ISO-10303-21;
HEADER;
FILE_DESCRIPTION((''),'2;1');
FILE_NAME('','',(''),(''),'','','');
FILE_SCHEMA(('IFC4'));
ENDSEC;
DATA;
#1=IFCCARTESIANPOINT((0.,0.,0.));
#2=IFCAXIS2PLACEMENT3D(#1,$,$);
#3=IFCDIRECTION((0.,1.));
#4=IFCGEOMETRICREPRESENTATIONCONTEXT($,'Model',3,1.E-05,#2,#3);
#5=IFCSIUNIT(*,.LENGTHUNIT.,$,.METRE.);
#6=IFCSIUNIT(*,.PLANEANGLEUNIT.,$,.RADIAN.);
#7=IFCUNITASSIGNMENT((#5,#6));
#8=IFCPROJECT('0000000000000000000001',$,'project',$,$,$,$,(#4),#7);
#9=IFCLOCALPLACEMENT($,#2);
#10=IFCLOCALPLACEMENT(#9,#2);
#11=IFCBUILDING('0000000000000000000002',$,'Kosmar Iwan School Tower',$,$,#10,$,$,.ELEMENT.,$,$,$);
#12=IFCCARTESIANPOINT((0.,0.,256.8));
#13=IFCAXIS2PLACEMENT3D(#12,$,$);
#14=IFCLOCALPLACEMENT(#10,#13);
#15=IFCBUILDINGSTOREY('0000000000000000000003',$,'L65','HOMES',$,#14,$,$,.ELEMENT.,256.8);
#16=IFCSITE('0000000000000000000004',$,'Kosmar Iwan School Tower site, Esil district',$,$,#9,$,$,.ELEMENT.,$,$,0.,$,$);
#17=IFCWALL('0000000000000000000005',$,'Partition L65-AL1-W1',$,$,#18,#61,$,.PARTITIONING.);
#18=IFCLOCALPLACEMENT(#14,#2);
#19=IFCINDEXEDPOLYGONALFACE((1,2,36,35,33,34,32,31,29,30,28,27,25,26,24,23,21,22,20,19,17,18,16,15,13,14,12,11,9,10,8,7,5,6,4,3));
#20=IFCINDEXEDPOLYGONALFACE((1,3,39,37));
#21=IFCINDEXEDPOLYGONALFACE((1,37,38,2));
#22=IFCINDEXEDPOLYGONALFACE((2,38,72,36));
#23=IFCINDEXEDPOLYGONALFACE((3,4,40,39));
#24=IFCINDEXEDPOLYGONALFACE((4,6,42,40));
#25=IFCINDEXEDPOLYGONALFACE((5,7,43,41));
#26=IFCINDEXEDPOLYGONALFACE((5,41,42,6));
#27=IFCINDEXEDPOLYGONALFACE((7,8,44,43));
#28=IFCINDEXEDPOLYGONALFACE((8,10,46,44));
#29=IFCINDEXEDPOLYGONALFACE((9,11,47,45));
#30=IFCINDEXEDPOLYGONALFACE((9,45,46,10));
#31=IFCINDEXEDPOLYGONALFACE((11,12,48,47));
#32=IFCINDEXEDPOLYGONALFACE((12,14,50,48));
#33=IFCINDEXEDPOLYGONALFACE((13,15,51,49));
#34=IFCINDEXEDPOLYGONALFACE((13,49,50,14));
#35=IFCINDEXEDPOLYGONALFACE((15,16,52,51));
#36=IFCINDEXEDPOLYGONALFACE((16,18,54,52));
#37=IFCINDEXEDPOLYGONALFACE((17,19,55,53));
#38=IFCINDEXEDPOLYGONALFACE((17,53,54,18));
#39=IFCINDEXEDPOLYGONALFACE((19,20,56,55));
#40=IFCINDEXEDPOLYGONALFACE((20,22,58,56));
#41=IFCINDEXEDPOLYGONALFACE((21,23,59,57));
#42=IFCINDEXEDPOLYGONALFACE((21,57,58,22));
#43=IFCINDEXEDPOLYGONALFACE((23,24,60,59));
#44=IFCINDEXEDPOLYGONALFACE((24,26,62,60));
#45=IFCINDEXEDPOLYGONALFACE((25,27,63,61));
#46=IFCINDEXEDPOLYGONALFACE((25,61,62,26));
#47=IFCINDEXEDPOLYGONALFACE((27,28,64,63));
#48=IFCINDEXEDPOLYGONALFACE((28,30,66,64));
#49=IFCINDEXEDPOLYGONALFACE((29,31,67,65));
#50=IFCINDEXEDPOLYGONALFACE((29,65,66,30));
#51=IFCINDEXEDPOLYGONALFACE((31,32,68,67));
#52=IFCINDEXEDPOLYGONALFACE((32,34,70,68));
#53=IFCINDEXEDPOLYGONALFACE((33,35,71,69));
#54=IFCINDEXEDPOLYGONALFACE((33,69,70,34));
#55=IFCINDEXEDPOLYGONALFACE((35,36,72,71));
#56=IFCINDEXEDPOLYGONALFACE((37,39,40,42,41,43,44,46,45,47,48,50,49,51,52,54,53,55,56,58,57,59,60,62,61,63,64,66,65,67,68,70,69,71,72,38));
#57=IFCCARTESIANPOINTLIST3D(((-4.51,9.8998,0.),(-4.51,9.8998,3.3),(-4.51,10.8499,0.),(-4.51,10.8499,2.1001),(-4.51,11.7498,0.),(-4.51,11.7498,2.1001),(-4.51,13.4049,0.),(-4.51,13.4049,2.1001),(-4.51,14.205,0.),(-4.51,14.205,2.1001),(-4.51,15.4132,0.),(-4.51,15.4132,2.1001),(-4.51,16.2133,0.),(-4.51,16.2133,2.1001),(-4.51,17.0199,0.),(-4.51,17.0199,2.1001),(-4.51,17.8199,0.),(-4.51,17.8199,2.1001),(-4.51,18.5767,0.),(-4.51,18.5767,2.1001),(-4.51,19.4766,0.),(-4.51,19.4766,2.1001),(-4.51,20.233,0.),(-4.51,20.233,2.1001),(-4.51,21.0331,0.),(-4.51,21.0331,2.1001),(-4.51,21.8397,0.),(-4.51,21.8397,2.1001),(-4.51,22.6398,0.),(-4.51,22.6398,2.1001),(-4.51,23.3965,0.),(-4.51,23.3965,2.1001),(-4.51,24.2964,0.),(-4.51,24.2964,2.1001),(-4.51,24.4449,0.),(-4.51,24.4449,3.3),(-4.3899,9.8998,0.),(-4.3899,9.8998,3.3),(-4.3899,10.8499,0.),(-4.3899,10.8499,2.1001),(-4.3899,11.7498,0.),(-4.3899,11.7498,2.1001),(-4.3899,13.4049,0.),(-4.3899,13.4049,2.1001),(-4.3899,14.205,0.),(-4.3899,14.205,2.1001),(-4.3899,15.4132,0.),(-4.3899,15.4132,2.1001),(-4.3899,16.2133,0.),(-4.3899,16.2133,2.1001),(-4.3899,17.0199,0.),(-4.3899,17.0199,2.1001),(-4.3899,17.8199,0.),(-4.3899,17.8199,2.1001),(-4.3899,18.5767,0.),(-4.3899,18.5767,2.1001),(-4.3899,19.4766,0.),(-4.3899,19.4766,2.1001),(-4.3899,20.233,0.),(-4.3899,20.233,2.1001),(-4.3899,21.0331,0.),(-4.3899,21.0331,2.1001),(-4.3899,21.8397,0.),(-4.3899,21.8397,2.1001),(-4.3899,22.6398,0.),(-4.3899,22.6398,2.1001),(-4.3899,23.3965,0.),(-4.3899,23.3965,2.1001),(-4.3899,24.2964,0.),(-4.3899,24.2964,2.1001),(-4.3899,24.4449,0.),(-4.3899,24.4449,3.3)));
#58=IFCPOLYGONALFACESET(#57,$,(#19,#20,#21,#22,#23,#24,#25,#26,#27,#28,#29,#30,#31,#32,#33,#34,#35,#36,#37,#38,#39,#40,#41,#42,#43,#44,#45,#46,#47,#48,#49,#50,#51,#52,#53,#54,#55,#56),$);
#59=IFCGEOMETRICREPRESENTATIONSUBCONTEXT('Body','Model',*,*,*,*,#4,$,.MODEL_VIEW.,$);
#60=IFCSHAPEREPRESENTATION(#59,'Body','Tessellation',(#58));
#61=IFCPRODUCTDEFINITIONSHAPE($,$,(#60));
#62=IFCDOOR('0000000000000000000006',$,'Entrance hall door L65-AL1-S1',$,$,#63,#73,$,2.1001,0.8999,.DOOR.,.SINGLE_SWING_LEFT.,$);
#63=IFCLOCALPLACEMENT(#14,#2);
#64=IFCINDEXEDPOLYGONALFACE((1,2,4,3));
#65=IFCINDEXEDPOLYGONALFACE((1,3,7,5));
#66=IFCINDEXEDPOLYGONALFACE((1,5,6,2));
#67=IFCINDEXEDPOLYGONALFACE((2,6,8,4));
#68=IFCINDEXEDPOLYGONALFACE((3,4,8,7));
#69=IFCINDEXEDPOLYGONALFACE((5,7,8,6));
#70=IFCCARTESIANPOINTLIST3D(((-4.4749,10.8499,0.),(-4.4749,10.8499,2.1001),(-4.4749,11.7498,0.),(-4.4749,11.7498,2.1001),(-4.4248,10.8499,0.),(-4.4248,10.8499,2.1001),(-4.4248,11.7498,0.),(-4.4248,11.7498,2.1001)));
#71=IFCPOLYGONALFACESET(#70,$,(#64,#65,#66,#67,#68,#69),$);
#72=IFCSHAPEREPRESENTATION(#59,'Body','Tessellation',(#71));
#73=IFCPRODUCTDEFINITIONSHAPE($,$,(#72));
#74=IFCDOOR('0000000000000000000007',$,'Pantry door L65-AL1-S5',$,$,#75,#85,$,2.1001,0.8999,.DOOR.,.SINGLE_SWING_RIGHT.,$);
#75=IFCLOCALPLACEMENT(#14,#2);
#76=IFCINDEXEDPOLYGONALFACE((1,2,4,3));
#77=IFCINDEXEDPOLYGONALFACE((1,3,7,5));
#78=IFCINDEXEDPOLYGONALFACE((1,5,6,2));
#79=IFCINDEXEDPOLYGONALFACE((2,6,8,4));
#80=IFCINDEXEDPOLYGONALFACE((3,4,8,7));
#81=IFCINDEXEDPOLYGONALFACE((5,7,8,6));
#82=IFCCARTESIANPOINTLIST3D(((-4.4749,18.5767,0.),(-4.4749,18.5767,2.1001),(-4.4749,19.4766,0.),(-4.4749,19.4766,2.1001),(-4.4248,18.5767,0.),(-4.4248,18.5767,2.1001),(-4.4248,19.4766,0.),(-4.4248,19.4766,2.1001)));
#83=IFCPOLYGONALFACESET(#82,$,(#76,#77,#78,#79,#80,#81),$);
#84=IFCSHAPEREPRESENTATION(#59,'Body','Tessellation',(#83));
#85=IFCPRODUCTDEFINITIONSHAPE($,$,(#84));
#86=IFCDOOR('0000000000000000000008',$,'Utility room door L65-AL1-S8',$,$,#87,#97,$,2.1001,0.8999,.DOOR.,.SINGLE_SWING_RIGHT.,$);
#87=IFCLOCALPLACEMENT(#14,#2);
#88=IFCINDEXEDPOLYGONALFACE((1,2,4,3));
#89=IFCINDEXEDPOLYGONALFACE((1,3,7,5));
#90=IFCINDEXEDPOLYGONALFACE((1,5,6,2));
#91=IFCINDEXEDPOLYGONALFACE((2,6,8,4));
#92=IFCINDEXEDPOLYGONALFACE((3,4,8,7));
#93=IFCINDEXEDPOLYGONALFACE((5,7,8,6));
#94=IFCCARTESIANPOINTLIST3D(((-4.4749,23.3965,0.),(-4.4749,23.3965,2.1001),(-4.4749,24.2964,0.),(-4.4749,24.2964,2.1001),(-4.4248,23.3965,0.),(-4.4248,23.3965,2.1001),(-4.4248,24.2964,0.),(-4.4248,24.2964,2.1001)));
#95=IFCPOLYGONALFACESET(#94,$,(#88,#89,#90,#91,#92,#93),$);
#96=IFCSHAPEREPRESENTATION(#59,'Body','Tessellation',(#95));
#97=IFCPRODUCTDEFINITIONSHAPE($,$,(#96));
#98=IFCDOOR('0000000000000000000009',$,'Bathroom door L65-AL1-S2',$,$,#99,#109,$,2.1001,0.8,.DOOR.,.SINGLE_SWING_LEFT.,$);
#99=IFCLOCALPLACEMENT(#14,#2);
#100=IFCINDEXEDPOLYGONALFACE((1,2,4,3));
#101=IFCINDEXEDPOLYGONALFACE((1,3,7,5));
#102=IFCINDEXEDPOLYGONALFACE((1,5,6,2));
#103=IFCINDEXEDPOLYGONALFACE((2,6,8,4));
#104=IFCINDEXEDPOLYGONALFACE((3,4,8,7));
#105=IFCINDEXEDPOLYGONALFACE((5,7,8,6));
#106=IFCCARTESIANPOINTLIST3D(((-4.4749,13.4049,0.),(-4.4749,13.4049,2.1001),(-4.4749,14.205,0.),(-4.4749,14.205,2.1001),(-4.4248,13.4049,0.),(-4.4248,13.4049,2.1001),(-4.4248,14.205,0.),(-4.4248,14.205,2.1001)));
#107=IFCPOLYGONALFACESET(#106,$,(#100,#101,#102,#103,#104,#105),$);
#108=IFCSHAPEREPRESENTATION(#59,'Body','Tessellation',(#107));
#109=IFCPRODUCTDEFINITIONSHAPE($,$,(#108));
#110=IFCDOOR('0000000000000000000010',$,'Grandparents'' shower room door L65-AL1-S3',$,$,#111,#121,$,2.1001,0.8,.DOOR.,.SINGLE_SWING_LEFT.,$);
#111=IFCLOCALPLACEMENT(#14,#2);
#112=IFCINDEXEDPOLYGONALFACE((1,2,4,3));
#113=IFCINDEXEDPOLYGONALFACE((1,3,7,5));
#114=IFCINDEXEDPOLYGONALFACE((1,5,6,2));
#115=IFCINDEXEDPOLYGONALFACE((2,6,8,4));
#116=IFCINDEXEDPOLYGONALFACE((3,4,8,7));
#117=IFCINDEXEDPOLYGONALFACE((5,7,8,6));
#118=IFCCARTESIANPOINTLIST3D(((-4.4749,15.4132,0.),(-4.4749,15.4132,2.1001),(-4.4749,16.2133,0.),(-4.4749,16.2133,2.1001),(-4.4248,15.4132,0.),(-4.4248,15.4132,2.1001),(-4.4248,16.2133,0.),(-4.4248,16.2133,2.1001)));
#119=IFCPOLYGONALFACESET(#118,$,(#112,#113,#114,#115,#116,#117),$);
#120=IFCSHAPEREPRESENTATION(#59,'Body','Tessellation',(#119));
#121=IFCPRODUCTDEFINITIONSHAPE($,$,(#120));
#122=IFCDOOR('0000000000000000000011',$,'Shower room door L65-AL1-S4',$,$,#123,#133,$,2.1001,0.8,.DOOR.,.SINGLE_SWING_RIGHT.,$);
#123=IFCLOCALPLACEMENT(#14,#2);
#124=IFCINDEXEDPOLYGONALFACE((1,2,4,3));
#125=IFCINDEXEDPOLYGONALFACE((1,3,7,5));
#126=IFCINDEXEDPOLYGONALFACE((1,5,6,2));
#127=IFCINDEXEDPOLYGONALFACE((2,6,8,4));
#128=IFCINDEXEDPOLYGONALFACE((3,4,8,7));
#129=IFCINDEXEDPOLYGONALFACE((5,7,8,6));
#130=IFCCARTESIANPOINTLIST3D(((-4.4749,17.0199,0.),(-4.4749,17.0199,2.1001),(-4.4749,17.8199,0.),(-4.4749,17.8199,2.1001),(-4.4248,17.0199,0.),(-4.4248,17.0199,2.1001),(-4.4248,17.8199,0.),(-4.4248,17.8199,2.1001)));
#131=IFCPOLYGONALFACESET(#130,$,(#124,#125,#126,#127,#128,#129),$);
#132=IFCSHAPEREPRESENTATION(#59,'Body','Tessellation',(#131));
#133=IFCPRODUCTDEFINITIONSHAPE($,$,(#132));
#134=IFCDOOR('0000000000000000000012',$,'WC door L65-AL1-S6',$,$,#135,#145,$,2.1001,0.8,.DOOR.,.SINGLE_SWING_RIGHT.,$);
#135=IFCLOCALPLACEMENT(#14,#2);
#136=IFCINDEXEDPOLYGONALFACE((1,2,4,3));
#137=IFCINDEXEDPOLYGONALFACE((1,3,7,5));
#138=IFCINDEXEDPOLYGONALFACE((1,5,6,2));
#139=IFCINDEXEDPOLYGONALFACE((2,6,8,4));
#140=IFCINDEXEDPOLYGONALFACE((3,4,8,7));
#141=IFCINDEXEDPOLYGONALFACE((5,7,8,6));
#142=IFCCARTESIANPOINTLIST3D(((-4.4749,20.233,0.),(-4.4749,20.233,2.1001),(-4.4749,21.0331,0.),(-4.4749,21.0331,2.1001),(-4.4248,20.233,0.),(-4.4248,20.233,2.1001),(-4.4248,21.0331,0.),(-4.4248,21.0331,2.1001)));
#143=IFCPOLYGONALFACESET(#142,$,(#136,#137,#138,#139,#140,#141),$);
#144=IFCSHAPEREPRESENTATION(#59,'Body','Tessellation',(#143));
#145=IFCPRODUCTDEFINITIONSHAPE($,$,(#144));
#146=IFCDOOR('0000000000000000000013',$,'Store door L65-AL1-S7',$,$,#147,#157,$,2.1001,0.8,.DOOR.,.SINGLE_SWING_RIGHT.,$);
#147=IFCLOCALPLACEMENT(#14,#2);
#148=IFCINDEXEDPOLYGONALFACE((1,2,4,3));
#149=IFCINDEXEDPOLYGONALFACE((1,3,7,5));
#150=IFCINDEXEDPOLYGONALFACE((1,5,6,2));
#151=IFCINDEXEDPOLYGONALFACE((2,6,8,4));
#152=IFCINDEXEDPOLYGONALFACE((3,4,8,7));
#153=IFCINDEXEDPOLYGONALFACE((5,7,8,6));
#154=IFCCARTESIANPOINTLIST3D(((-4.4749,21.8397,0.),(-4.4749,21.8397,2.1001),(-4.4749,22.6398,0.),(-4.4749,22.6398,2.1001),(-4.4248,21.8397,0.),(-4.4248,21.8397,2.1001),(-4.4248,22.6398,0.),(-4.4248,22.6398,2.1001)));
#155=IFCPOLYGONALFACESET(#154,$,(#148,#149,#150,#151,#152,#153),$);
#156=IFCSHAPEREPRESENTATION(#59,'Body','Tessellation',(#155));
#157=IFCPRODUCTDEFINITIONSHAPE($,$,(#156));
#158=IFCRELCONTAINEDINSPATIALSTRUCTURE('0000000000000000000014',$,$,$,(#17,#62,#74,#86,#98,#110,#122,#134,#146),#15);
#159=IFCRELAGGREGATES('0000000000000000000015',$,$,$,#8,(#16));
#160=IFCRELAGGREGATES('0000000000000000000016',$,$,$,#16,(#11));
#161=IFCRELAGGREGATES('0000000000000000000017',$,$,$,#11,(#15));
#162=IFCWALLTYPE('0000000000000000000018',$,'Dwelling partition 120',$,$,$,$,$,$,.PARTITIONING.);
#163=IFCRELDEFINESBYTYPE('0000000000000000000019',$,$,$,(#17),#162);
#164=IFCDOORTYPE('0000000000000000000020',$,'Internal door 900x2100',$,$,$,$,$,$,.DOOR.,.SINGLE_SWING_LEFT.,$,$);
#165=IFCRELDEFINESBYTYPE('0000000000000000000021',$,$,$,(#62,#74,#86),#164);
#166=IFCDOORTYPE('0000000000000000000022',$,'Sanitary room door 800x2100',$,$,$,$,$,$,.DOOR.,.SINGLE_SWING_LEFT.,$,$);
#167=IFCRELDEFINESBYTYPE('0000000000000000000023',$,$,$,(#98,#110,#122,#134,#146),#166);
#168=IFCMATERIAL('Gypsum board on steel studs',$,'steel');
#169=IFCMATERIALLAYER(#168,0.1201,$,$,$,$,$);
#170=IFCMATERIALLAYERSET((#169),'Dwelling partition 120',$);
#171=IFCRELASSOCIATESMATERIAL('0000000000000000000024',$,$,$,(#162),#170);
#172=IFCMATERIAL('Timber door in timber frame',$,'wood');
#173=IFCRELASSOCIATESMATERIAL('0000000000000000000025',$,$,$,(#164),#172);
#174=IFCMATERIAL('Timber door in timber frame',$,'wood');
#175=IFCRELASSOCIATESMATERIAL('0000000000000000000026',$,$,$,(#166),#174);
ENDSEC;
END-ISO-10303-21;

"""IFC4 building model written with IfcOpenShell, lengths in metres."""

from ifc_helpers import new_model, si_unit, direction, frame, frame_2d, origin, place, context, subcontext, project, spatial, rectangle, extrude, material, layer, layer_set, type_object, element, fill, save


model = new_model("IFC4")

# Units and contexts
model_context = context("Model", 3, precision=1e-05, world=origin(), true_north=direction((0.0, 1.0)))
body_context = subcontext(model_context, "Body", "Model", "MODEL_VIEW")
ifc_project = project(units=[si_unit("LENGTHUNIT", "METRE"), si_unit("PLANEANGLEUNIT", "RADIAN")], contexts=[model_context])

# Site, building, storey
site_placement = place(None, origin())
site = spatial("IfcSite", under=ifc_project, at=site_placement, Name="Kosmar Iwan School Tower site, Esil district", CompositionType="ELEMENT", RefElevation=0.0)
building_placement = place(site_placement, origin())
building = spatial("IfcBuilding", under=site, at=building_placement, Name="Kosmar Iwan School Tower", CompositionType="ELEMENT")
storey_placement = place(building_placement, frame((0.0, 0.0, 256.8)))
storey = spatial("IfcBuildingStorey", under=building, at=storey_placement, Name="L65", Description="HOMES", CompositionType="ELEMENT", Elevation=256.8)

# Wall, openings, doors
ifc_material_1 = material(Name="Gypsum board on steel studs", Category="steel")
ifc_layer_1 = layer(ifc_material_1, 0.1201)
ifc_layer_set_1 = layer_set([ifc_layer_1], Name="Dwelling partition 120")
wall_type_1 = type_object("IfcWallType", Name="Dwelling partition 120", PredefinedType="PARTITIONING", material=ifc_layer_set_1)
wall_1_placement = place(storey_placement, frame((-4.45, 9.8999, 0.0), z_axis=(0.0, 0.0, 1.0), x_axis=(0.0, 1.0, 0.0)))
wall_1 = element("IfcWall", 1, at=wall_1_placement, inside=storey, type_object=wall_type_1, Name="Partition L65-AL1-W1", PredefinedType="PARTITIONING", context=body_context, shape_type="SweptSolid", body=[
    extrude(rectangle(XDim=14.5452, YDim=0.1201, at=frame_2d((7.2725, 0.0))), origin(), (0.0, 0.0, 1.0), 3.3),
])
opening_1_placement = place(wall_1_placement, frame((0.95, 0.0, 0.0)))
opening_1 = element("IfcOpeningElement", 2, at=opening_1_placement, cuts=wall_1, PredefinedType="OPENING", context=body_context, shape_type="SweptSolid", body=[
    extrude(rectangle(XDim=0.8999, YDim=2.1001, at=frame_2d((0.45, 1.05))), frame((0.0, 0.072, 0.0), z_axis=(0.0, -1.0, 0.0), x_axis=(1.0, 0.0, 0.0)), (0.0, 0.0, 1.0), 0.144),
])
opening_2_placement = place(wall_1_placement, frame((3.5051, 0.0, 0.0)))
opening_2 = element("IfcOpeningElement", 3, at=opening_2_placement, cuts=wall_1, PredefinedType="OPENING", context=body_context, shape_type="SweptSolid", body=[
    extrude(rectangle(XDim=0.8, YDim=2.1001, at=frame_2d((0.3999, 1.05))), frame((0.0, 0.072, 0.0), z_axis=(0.0, -1.0, 0.0), x_axis=(1.0, 0.0, 0.0)), (0.0, 0.0, 1.0), 0.144),
])
opening_3_placement = place(wall_1_placement, frame((5.5134, 0.0, 0.0)))
opening_3 = element("IfcOpeningElement", 4, at=opening_3_placement, cuts=wall_1, PredefinedType="OPENING", context=body_context, shape_type="SweptSolid", body=[
    extrude(rectangle(XDim=0.8, YDim=2.1001, at=frame_2d((0.3999, 1.05))), frame((0.0, 0.072, 0.0), z_axis=(0.0, -1.0, 0.0), x_axis=(1.0, 0.0, 0.0)), (0.0, 0.0, 1.0), 0.144),
])
opening_4_placement = place(wall_1_placement, frame((7.1201, 0.0, 0.0)))
opening_4 = element("IfcOpeningElement", 5, at=opening_4_placement, cuts=wall_1, PredefinedType="OPENING", context=body_context, shape_type="SweptSolid", body=[
    extrude(rectangle(XDim=0.8, YDim=2.1001, at=frame_2d((0.3999, 1.05))), frame((0.0, 0.072, 0.0), z_axis=(0.0, -1.0, 0.0), x_axis=(1.0, 0.0, 0.0)), (0.0, 0.0, 1.0), 0.144),
])
opening_5_placement = place(wall_1_placement, frame((8.6768, 0.0, 0.0)))
opening_5 = element("IfcOpeningElement", 6, at=opening_5_placement, cuts=wall_1, PredefinedType="OPENING", context=body_context, shape_type="SweptSolid", body=[
    extrude(rectangle(XDim=0.8999, YDim=2.1001, at=frame_2d((0.45, 1.05))), frame((0.0, 0.072, 0.0), z_axis=(0.0, -1.0, 0.0), x_axis=(1.0, 0.0, 0.0)), (0.0, 0.0, 1.0), 0.144),
])
opening_6_placement = place(wall_1_placement, frame((10.3333, 0.0, 0.0)))
opening_6 = element("IfcOpeningElement", 7, at=opening_6_placement, cuts=wall_1, PredefinedType="OPENING", context=body_context, shape_type="SweptSolid", body=[
    extrude(rectangle(XDim=0.8, YDim=2.1001, at=frame_2d((0.3999, 1.05))), frame((0.0, 0.072, 0.0), z_axis=(0.0, -1.0, 0.0), x_axis=(1.0, 0.0, 0.0)), (0.0, 0.0, 1.0), 0.144),
])
opening_7_placement = place(wall_1_placement, frame((11.9399, 0.0, 0.0)))
opening_7 = element("IfcOpeningElement", 8, at=opening_7_placement, cuts=wall_1, PredefinedType="OPENING", context=body_context, shape_type="SweptSolid", body=[
    extrude(rectangle(XDim=0.8, YDim=2.1001, at=frame_2d((0.3999, 1.05))), frame((0.0, 0.072, 0.0), z_axis=(0.0, -1.0, 0.0), x_axis=(1.0, 0.0, 0.0)), (0.0, 0.0, 1.0), 0.144),
])
opening_8_placement = place(wall_1_placement, frame((13.4966, 0.0, 0.0)))
opening_8 = element("IfcOpeningElement", 9, at=opening_8_placement, cuts=wall_1, PredefinedType="OPENING", context=body_context, shape_type="SweptSolid", body=[
    extrude(rectangle(XDim=0.8999, YDim=2.1001, at=frame_2d((0.45, 1.05))), frame((0.0, 0.072, 0.0), z_axis=(0.0, -1.0, 0.0), x_axis=(1.0, 0.0, 0.0)), (0.0, 0.0, 1.0), 0.144),
])
ifc_material_2 = material(Name="Timber door in timber frame", Category="wood")
door_type_1 = type_object("IfcDoorType", Name="Internal door 900x2100", OperationType="SINGLE_SWING_LEFT", PredefinedType="DOOR", material=ifc_material_2)
door_1_placement = place(opening_1_placement, origin())
door_1 = element("IfcDoor", 10, at=door_1_placement, inside=storey, type_object=door_type_1, Name="Entrance hall door L65-AL1-S1", OperationType="SINGLE_SWING_LEFT", OverallHeight=2.1001, OverallWidth=0.8999, PredefinedType="DOOR", context=body_context, shape_type="SweptSolid", body=[
    extrude(rectangle(XDim=0.8999, YDim=2.1001, at=frame_2d((0.45, 1.05))), frame((0.0, 0.0249, 0.0), z_axis=(0.0, -1.0, 0.0), x_axis=(1.0, 0.0, 0.0)), (0.0, 0.0, 1.0), 0.05),
])
fill(opening_1, door_1)
door_2_placement = place(opening_5_placement, origin())
door_2 = element("IfcDoor", 11, at=door_2_placement, inside=storey, type_object=door_type_1, Name="Pantry door L65-AL1-S5", OperationType="SINGLE_SWING_RIGHT", OverallHeight=2.1001, OverallWidth=0.8999, PredefinedType="DOOR", context=body_context, shape_type="SweptSolid", body=[
    extrude(rectangle(XDim=0.8999, YDim=2.1001, at=frame_2d((0.45, 1.05))), frame((0.0, 0.0249, 0.0), z_axis=(0.0, -1.0, 0.0), x_axis=(1.0, 0.0, 0.0)), (0.0, 0.0, 1.0), 0.05),
])
fill(opening_5, door_2)
door_3_placement = place(opening_8_placement, origin())
door_3 = element("IfcDoor", 12, at=door_3_placement, inside=storey, type_object=door_type_1, Name="Utility room door L65-AL1-S8", OperationType="SINGLE_SWING_RIGHT", OverallHeight=2.1001, OverallWidth=0.8999, PredefinedType="DOOR", context=body_context, shape_type="SweptSolid", body=[
    extrude(rectangle(XDim=0.8999, YDim=2.1001, at=frame_2d((0.45, 1.05))), frame((0.0, 0.0249, 0.0), z_axis=(0.0, -1.0, 0.0), x_axis=(1.0, 0.0, 0.0)), (0.0, 0.0, 1.0), 0.05),
])
fill(opening_8, door_3)
ifc_material_3 = material(Name="Timber door in timber frame", Category="wood")
door_type_2 = type_object("IfcDoorType", Name="Sanitary room door 800x2100", OperationType="SINGLE_SWING_LEFT", PredefinedType="DOOR", material=ifc_material_3)
door_4_placement = place(opening_2_placement, origin())
door_4 = element("IfcDoor", 13, at=door_4_placement, inside=storey, type_object=door_type_2, Name="Bathroom door L65-AL1-S2", OperationType="SINGLE_SWING_LEFT", OverallHeight=2.1001, OverallWidth=0.8, PredefinedType="DOOR", context=body_context, shape_type="SweptSolid", body=[
    extrude(rectangle(XDim=0.8, YDim=2.1001, at=frame_2d((0.3999, 1.05))), frame((0.0, 0.0249, 0.0), z_axis=(0.0, -1.0, 0.0), x_axis=(1.0, 0.0, 0.0)), (0.0, 0.0, 1.0), 0.05),
])
fill(opening_2, door_4)
door_5_placement = place(opening_3_placement, origin())
door_5 = element("IfcDoor", 14, at=door_5_placement, inside=storey, type_object=door_type_2, Name="Grandparents' shower room door L65-AL1-S3", OperationType="SINGLE_SWING_LEFT", OverallHeight=2.1001, OverallWidth=0.8, PredefinedType="DOOR", context=body_context, shape_type="SweptSolid", body=[
    extrude(rectangle(XDim=0.8, YDim=2.1001, at=frame_2d((0.3999, 1.05))), frame((0.0, 0.0249, 0.0), z_axis=(0.0, -1.0, 0.0), x_axis=(1.0, 0.0, 0.0)), (0.0, 0.0, 1.0), 0.05),
])
fill(opening_3, door_5)
door_6_placement = place(opening_4_placement, origin())
door_6 = element("IfcDoor", 15, at=door_6_placement, inside=storey, type_object=door_type_2, Name="Shower room door L65-AL1-S4", OperationType="SINGLE_SWING_RIGHT", OverallHeight=2.1001, OverallWidth=0.8, PredefinedType="DOOR", context=body_context, shape_type="SweptSolid", body=[
    extrude(rectangle(XDim=0.8, YDim=2.1001, at=frame_2d((0.3999, 1.05))), frame((0.0, 0.0249, 0.0), z_axis=(0.0, -1.0, 0.0), x_axis=(1.0, 0.0, 0.0)), (0.0, 0.0, 1.0), 0.05),
])
fill(opening_4, door_6)
door_7_placement = place(opening_6_placement, origin())
door_7 = element("IfcDoor", 16, at=door_7_placement, inside=storey, type_object=door_type_2, Name="WC door L65-AL1-S6", OperationType="SINGLE_SWING_RIGHT", OverallHeight=2.1001, OverallWidth=0.8, PredefinedType="DOOR", context=body_context, shape_type="SweptSolid", body=[
    extrude(rectangle(XDim=0.8, YDim=2.1001, at=frame_2d((0.3999, 1.05))), frame((0.0, 0.0249, 0.0), z_axis=(0.0, -1.0, 0.0), x_axis=(1.0, 0.0, 0.0)), (0.0, 0.0, 1.0), 0.05),
])
fill(opening_6, door_7)
door_8_placement = place(opening_7_placement, origin())
door_8 = element("IfcDoor", 17, at=door_8_placement, inside=storey, type_object=door_type_2, Name="Store door L65-AL1-S7", OperationType="SINGLE_SWING_RIGHT", OverallHeight=2.1001, OverallWidth=0.8, PredefinedType="DOOR", context=body_context, shape_type="SweptSolid", body=[
    extrude(rectangle(XDim=0.8, YDim=2.1001, at=frame_2d((0.3999, 1.05))), frame((0.0, 0.0249, 0.0), z_axis=(0.0, -1.0, 0.0), x_axis=(1.0, 0.0, 0.0)), (0.0, 0.0, 1.0), 0.05),
])
fill(opening_7, door_8)

save(model, "model.ifc")
